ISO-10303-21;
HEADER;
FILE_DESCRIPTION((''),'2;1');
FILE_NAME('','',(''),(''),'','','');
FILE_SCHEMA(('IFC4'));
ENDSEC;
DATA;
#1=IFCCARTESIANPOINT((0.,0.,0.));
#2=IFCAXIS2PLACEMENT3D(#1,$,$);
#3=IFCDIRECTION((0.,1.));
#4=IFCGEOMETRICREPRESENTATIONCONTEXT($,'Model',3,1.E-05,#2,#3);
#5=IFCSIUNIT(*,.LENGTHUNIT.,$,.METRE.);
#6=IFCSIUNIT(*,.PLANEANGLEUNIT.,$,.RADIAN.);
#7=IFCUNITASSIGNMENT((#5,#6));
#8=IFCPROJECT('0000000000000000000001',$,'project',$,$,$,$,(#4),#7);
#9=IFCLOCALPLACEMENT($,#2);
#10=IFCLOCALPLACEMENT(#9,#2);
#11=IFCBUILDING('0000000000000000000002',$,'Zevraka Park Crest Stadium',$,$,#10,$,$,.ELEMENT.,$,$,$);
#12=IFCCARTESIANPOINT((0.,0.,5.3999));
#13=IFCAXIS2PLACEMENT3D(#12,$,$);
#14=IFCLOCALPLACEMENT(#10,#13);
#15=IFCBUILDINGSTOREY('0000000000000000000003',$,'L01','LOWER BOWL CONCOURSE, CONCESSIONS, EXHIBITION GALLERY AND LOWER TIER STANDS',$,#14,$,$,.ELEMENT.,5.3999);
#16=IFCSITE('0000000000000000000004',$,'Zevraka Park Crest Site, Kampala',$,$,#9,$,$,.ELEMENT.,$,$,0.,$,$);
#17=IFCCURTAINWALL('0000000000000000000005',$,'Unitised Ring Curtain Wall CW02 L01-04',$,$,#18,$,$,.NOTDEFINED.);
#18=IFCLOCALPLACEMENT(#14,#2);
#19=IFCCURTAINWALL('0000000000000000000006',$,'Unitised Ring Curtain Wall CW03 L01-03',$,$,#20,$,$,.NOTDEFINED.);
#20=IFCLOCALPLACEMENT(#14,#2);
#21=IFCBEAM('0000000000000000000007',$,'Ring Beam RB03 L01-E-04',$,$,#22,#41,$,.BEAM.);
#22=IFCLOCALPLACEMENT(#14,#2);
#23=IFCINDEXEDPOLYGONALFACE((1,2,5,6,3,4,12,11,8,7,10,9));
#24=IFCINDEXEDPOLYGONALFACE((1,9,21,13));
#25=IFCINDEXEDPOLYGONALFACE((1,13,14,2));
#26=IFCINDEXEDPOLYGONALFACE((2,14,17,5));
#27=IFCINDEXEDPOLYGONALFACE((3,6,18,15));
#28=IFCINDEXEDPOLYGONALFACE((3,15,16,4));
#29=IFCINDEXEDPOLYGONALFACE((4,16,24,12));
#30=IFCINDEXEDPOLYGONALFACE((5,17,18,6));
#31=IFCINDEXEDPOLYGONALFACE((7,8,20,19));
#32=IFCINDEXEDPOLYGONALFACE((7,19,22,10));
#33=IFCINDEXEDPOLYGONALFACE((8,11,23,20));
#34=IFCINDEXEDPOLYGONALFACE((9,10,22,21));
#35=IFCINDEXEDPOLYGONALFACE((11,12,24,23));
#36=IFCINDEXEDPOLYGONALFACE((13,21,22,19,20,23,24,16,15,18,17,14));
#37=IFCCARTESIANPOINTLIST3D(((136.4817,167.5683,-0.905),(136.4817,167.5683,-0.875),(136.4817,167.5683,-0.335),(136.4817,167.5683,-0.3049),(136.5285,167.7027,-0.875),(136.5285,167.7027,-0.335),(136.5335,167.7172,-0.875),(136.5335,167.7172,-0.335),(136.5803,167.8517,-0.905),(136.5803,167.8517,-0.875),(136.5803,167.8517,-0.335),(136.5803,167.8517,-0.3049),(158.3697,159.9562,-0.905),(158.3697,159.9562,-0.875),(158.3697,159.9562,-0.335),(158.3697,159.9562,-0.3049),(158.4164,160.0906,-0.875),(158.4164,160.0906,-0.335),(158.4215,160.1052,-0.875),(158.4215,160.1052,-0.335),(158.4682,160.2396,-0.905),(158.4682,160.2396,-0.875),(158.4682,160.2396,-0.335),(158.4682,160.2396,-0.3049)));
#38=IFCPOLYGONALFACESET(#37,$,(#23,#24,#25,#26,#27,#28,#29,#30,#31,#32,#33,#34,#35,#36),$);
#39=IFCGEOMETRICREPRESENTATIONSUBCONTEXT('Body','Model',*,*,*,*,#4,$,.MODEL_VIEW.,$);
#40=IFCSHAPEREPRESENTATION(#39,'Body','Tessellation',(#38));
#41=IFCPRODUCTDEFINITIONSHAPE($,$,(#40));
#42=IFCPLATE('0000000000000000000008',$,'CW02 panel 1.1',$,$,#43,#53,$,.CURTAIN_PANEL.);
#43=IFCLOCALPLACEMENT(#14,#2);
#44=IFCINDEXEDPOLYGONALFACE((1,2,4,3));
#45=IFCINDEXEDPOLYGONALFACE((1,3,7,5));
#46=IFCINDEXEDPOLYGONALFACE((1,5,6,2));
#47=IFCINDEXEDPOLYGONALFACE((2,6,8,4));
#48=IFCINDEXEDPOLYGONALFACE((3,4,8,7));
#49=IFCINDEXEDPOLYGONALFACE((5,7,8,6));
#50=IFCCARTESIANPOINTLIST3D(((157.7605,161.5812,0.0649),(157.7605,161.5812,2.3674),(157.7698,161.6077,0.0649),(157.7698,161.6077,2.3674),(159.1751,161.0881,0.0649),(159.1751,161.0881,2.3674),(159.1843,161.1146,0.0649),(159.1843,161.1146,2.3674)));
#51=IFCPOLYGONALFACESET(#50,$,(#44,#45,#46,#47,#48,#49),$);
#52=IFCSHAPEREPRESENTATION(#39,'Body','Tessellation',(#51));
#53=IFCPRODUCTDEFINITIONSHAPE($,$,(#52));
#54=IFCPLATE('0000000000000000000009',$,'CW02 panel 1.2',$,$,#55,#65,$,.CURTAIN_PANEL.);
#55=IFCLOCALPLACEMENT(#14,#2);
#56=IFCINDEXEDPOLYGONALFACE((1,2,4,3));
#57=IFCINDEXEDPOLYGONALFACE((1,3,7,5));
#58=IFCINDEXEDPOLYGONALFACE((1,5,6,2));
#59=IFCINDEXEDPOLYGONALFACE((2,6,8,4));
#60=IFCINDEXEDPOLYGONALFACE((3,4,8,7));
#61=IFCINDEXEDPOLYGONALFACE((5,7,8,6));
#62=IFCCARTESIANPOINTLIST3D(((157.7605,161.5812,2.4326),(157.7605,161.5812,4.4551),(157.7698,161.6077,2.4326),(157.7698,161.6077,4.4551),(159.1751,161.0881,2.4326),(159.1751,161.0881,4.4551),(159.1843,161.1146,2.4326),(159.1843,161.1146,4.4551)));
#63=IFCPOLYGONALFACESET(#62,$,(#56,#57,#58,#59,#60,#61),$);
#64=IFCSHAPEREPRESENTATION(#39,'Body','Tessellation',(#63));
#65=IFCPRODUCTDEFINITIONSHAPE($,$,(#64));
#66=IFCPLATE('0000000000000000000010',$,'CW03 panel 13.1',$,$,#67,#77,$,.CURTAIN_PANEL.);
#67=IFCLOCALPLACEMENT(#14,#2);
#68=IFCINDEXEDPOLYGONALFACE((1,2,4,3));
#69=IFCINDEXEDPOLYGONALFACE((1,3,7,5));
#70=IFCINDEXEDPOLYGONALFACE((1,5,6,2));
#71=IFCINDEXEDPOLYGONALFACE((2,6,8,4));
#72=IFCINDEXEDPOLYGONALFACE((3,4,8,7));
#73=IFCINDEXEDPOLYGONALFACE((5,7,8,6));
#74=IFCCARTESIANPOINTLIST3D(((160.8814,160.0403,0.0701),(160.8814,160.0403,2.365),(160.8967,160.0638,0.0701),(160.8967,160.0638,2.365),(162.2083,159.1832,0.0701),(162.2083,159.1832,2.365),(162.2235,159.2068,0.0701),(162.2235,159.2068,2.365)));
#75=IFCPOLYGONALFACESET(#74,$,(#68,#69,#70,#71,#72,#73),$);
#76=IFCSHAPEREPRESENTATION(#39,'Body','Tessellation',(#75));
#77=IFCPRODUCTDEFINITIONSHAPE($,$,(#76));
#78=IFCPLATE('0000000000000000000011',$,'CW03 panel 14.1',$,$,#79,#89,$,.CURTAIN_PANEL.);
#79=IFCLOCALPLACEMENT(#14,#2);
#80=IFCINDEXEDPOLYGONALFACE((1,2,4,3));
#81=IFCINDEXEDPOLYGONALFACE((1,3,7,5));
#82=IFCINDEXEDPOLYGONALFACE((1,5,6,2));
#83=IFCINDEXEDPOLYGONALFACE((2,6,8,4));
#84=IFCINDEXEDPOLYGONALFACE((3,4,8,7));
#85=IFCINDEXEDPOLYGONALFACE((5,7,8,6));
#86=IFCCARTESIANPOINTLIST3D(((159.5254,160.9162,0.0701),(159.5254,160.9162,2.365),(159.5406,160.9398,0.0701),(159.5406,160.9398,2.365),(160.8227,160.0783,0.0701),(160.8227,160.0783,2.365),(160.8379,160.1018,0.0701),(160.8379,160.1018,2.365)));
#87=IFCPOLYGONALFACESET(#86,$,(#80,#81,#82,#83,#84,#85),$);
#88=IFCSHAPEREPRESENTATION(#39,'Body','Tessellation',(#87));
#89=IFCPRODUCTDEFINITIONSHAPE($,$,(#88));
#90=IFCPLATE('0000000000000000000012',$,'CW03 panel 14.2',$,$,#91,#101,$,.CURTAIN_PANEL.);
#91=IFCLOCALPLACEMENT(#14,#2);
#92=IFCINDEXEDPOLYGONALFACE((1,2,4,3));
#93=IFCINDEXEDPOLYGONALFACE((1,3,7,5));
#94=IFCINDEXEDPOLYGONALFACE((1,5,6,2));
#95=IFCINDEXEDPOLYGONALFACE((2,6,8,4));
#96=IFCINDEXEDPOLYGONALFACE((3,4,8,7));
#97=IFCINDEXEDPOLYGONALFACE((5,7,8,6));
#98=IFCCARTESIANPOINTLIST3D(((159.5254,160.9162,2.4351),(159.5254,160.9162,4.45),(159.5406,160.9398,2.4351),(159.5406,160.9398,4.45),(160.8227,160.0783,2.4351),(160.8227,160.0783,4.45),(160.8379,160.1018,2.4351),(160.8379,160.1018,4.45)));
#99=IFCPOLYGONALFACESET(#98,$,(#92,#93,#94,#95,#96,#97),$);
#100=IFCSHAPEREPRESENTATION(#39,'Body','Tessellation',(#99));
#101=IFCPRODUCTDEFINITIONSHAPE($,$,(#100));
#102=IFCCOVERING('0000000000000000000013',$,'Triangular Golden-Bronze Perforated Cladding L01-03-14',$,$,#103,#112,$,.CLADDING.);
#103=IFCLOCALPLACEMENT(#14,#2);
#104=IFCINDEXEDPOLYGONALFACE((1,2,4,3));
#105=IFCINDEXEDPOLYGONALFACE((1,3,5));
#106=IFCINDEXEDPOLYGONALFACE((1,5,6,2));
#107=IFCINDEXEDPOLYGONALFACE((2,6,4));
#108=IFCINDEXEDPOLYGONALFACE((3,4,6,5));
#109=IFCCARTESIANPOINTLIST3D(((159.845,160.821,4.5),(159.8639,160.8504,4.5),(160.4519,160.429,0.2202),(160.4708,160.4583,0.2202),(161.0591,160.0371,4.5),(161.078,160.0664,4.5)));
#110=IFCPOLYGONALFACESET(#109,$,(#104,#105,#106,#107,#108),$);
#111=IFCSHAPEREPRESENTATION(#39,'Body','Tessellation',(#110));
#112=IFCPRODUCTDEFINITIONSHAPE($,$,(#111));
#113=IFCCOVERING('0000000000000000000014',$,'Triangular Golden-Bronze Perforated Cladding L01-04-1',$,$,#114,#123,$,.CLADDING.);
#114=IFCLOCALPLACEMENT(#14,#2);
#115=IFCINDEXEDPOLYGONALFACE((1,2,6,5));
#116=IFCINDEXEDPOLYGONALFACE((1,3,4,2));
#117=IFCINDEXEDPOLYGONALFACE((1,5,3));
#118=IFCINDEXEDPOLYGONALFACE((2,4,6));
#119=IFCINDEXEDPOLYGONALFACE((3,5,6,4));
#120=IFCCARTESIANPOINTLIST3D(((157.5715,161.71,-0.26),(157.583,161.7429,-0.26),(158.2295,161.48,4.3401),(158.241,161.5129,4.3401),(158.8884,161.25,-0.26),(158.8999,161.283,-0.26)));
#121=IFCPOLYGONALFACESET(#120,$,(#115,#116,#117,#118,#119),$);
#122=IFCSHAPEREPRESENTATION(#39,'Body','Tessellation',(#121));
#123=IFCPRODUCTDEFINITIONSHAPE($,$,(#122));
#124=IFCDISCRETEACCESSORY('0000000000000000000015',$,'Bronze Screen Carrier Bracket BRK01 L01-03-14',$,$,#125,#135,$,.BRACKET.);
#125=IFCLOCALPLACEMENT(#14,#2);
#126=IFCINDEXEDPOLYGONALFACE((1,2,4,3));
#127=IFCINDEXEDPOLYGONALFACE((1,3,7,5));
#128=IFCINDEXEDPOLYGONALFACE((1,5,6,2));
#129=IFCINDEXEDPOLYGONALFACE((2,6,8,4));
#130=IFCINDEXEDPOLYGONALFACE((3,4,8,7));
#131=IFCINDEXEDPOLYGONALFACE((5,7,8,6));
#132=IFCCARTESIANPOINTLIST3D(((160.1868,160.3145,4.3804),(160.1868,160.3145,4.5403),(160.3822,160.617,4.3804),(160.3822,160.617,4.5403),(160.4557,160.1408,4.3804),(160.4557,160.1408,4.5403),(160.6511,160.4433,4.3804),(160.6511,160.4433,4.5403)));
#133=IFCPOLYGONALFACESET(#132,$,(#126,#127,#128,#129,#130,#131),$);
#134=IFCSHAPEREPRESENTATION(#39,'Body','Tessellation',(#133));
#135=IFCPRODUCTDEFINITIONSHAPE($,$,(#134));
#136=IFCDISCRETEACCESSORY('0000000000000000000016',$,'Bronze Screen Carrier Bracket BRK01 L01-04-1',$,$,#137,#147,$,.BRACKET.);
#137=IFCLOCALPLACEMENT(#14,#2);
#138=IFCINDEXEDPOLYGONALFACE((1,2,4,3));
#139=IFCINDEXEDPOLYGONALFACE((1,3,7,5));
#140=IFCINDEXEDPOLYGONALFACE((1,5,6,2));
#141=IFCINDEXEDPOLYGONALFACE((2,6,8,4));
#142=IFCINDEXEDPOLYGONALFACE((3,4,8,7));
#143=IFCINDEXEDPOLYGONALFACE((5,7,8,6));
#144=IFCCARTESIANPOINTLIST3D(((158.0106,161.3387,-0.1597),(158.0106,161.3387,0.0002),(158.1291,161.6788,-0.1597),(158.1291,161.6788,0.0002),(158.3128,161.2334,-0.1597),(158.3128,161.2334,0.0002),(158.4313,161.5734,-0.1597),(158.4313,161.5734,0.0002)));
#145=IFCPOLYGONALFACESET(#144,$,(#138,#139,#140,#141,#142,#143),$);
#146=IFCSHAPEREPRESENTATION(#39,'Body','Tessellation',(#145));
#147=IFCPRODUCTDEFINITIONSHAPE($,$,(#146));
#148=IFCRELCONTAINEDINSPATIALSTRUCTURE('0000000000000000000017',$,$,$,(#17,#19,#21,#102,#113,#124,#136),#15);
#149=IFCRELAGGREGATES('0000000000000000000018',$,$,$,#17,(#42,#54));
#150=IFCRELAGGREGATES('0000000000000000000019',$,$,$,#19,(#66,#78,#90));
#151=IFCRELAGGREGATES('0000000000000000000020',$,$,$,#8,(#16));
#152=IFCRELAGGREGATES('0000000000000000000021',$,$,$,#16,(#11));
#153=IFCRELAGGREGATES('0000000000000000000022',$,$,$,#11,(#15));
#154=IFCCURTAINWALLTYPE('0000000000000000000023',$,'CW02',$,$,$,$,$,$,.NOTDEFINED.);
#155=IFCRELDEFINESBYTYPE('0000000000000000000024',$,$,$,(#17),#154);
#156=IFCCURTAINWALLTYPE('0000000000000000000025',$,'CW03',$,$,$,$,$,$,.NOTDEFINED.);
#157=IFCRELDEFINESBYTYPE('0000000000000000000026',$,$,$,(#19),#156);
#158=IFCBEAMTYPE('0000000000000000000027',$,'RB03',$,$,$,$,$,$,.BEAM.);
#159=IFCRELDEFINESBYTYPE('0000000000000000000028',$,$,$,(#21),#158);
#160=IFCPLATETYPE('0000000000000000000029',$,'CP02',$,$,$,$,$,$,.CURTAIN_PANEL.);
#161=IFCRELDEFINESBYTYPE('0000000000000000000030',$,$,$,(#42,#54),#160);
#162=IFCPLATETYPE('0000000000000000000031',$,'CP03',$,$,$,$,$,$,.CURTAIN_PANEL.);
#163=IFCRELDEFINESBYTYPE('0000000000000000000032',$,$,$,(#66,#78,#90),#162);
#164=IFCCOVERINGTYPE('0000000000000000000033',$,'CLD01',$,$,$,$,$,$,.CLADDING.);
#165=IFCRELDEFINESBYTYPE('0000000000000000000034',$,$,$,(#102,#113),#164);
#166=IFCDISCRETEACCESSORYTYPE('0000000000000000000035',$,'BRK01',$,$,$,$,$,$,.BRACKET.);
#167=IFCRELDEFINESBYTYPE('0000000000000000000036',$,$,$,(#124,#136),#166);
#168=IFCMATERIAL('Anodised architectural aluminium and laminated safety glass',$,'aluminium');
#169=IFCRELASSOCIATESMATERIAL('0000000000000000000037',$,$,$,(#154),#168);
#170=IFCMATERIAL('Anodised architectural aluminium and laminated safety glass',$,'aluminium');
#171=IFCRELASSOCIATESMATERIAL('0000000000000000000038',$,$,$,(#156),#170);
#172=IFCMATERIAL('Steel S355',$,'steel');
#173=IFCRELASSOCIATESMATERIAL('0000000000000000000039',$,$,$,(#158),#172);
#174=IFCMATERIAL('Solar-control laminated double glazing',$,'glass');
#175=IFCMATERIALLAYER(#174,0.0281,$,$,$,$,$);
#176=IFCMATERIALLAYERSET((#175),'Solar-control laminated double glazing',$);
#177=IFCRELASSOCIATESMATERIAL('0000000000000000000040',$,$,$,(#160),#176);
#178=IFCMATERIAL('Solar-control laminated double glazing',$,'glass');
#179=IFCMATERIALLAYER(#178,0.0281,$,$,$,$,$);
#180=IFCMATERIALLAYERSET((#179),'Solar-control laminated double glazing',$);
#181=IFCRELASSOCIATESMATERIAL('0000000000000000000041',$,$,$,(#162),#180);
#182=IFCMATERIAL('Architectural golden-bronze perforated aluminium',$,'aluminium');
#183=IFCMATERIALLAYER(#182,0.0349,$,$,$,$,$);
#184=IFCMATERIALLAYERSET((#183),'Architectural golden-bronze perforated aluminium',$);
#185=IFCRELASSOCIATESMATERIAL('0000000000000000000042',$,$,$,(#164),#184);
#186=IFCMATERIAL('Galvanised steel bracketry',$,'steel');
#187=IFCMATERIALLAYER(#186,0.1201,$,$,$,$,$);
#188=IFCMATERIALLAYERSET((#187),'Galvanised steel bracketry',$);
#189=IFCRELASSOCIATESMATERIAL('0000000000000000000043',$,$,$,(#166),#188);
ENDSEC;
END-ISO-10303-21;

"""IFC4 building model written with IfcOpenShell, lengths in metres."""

from ifc_helpers import new_model, si_unit, direction, frame, origin, origin_2d, place, context, subcontext, project, spatial, polyline, rectangle, i_section, outline, extrude, material, layer, layer_set, material_profile, profile_set, type_object, element, aggregate, save


model = new_model("IFC4")

# Units and contexts
model_context = context("Model", 3, precision=1e-05, world=origin(), true_north=direction((0.0, 1.0)))
body_context = subcontext(model_context, "Body", "Model", "MODEL_VIEW")
ifc_project = project(units=[si_unit("LENGTHUNIT", "METRE"), si_unit("PLANEANGLEUNIT", "RADIAN")], contexts=[model_context])

# Site, building, storey
site_placement = place(None, origin())
site = spatial("IfcSite", under=ifc_project, at=site_placement, Name="Zevraka Park Crest Site, Kampala", CompositionType="ELEMENT", RefElevation=0.0)
building_placement = place(site_placement, origin())
building = spatial("IfcBuilding", under=site, at=building_placement, Name="Zevraka Park Crest Stadium", CompositionType="ELEMENT")
storey_placement = place(building_placement, frame((0.0, 0.0, 5.3999)))
storey = spatial("IfcBuildingStorey", under=building, at=storey_placement, Name="L01", Description="LOWER BOWL CONCOURSE, CONCESSIONS, EXHIBITION GALLERY AND LOWER TIER STANDS", CompositionType="ELEMENT", Elevation=5.3999)

# Curtain walls
ifc_material_1 = material(Name="Anodised architectural aluminium and laminated safety glass", Category="aluminium")
curtain_wall_type_1 = type_object("IfcCurtainWallType", Name="CW02", PredefinedType="NOTDEFINED", material=ifc_material_1)
curtain_wall_1_placement = place(storey_placement, origin())
curtain_wall_1 = element("IfcCurtainWall", 1, at=curtain_wall_1_placement, inside=storey, type_object=curtain_wall_type_1, Name="Unitised Ring Curtain Wall CW02 L01-04", PredefinedType="NOTDEFINED")
ifc_material_2 = material(Name="Anodised architectural aluminium and laminated safety glass", Category="aluminium")
curtain_wall_type_2 = type_object("IfcCurtainWallType", Name="CW03", PredefinedType="NOTDEFINED", material=ifc_material_2)
curtain_wall_2_placement = place(storey_placement, origin())
curtain_wall_2 = element("IfcCurtainWall", 2, at=curtain_wall_2_placement, inside=storey, type_object=curtain_wall_type_2, Name="Unitised Ring Curtain Wall CW03 L01-03", PredefinedType="NOTDEFINED")

# Beam
ifc_material_3 = material(Name="Steel S355", Category="steel")
ifc_material_profile_1 = material_profile(ifc_material_3, i_section(OverallWidth=0.3, OverallDepth=0.6001, WebThickness=0.0154, FlangeThickness=0.03, at=origin_2d()), Name="HEB 600")
ifc_profile_set_1 = profile_set([ifc_material_profile_1], Name="Steel S355")
beam_type = type_object("IfcBeamType", Name="RB03", PredefinedType="BEAM", material=ifc_profile_set_1)
beam_placement = place(storey_placement, frame((158.4189, 160.0979, -0.605), z_axis=(-0.944512, 0.328477, 0.0), x_axis=(-0.328477, -0.944512, 0.0)))
element("IfcBeam", 3, at=beam_placement, inside=storey, type_object=beam_type, Name="Ring Beam RB03 L01-E-04", PredefinedType="BEAM", context=body_context, shape_type="SweptSolid", body=[
    extrude(i_section(OverallWidth=0.3, OverallDepth=0.6001, WebThickness=0.0154, FlangeThickness=0.03, at=origin_2d()), origin(), (0.0, 0.0, 1.0), 23.1738),
])

# Plates
ifc_material_4 = material(Name="Solar-control laminated double glazing", Category="glass")
ifc_layer_1 = layer(ifc_material_4, 0.0281)
ifc_layer_set_1 = layer_set([ifc_layer_1], Name="Solar-control laminated double glazing")
plate_type_1 = type_object("IfcPlateType", Name="CP02", PredefinedType="CURTAIN_PANEL", material=ifc_layer_set_1)
plate_1_placement = place(storey_placement, frame((158.4724, 161.3479, 0.0649), z_axis=(0.0, 0.0, 1.0), x_axis=(-0.944257, 0.329209, 0.0)))
plate_1 = element("IfcPlate", 4, at=plate_1_placement, type_object=plate_type_1, Name="CW02 panel 1.1", PredefinedType="CURTAIN_PANEL", context=body_context, shape_type="SweptSolid", body=[
    extrude(rectangle(XDim=1.498, YDim=0.0281, at=origin_2d()), origin(), (0.0, 0.0, 1.0), 2.3025),
])
plate_2_placement = place(storey_placement, frame((158.4724, 161.3479, 2.4326), z_axis=(0.0, 0.0, 1.0), x_axis=(-0.944257, 0.329209, 0.0)))
plate_2 = element("IfcPlate", 5, at=plate_2_placement, type_object=plate_type_1, Name="CW02 panel 1.2", PredefinedType="CURTAIN_PANEL", context=body_context, shape_type="SweptSolid", body=[
    extrude(rectangle(XDim=1.498, YDim=0.0281, at=origin_2d()), origin(), (0.0, 0.0, 1.0), 2.0225),
])
aggregate(curtain_wall_1, [plate_1, plate_2])
ifc_material_5 = material(Name="Solar-control laminated double glazing", Category="glass")
ifc_layer_2 = layer(ifc_material_5, 0.0281)
ifc_layer_set_2 = layer_set([ifc_layer_2], Name="Solar-control laminated double glazing")
plate_type_2 = type_object("IfcPlateType", Name="CP03", PredefinedType="CURTAIN_PANEL", material=ifc_layer_set_2)
plate_3_placement = place(storey_placement, frame((161.5525, 159.6235, 0.0701), z_axis=(0.0, 0.0, 1.0), x_axis=(-0.84001, 0.542571, 0.0)))
plate_3 = element("IfcPlate", 6, at=plate_3_placement, type_object=plate_type_2, Name="CW03 panel 13.1", PredefinedType="CURTAIN_PANEL", context=body_context, shape_type="SweptSolid", body=[
    extrude(rectangle(XDim=1.5796, YDim=0.0281, at=origin_2d()), origin(), (0.0, 0.0, 1.0), 2.2949),
])
plate_4_placement = place(storey_placement, frame((160.1816, 160.509, 0.0701), z_axis=(0.0, 0.0, 1.0), x_axis=(-0.84001, 0.542571, 0.0)))
plate_4 = element("IfcPlate", 7, at=plate_4_placement, type_object=plate_type_2, Name="CW03 panel 14.1", PredefinedType="CURTAIN_PANEL", context=body_context, shape_type="SweptSolid", body=[
    extrude(rectangle(XDim=1.5444, YDim=0.0281, at=origin_2d()), origin(), (0.0, 0.0, 1.0), 2.2949),
])
plate_5_placement = place(storey_placement, frame((160.1816, 160.509, 2.4351), z_axis=(0.0, 0.0, 1.0), x_axis=(-0.84001, 0.542571, 0.0)))
plate_5 = element("IfcPlate", 8, at=plate_5_placement, type_object=plate_type_2, Name="CW03 panel 14.2", PredefinedType="CURTAIN_PANEL", context=body_context, shape_type="SweptSolid", body=[
    extrude(rectangle(XDim=1.5444, YDim=0.0281, at=origin_2d()), origin(), (0.0, 0.0, 1.0), 2.0149),
])
aggregate(curtain_wall_2, [plate_3, plate_4, plate_5])

# Coverings
ifc_material_6 = material(Name="Architectural golden-bronze perforated aluminium", Category="aluminium")
ifc_layer_3 = layer(ifc_material_6, 0.0349)
ifc_layer_set_3 = layer_set([ifc_layer_3], Name="Architectural golden-bronze perforated aluminium")
covering_type = type_object("IfcCoveringType", Name="CLD01", PredefinedType="CLADDING", material=ifc_layer_set_3)
covering_1_placement = place(storey_placement, frame((159.845, 160.821, 4.5), z_axis=(-0.542439, -0.840096, 0.000039), x_axis=(0.840096, -0.542439, 0.0)))
element("IfcCovering", 9, at=covering_1_placement, inside=storey, type_object=covering_type, Name="Triangular Golden-Bronze Perforated Cladding L01-03-14", PredefinedType="CLADDING", context=body_context, shape_type="SweptSolid", body=[
    extrude(outline(polyline([(0.0, 0.0), (1.4452, 0.0), (0.7226, -4.2798), (0.0, 0.0)])), origin(), (0.0, 0.0, -1.0), 0.0349),
])
covering_2_placement = place(storey_placement, frame((158.8999, 161.283, -0.26), z_axis=(0.329742, 0.944071, 0.000035), x_axis=(-0.944071, 0.329742, 0.0)))
element("IfcCovering", 10, at=covering_2_placement, inside=storey, type_object=covering_type, Name="Triangular Golden-Bronze Perforated Cladding L01-04-1", PredefinedType="CLADDING", context=body_context, shape_type="SweptSolid", body=[
    extrude(outline(polyline([(0.0, 0.0), (1.3949, 0.0), (0.6979, 4.6001), (0.0, 0.0)])), origin(), (0.0, 0.0, -1.0), 0.0349),
])

# Discrete accessories
ifc_material_7 = material(Name="Galvanised steel bracketry", Category="steel")
ifc_layer_4 = layer(ifc_material_7, 0.1201)
ifc_layer_set_4 = layer_set([ifc_layer_4], Name="Galvanised steel bracketry")
discrete_accessory_type = type_object("IfcDiscreteAccessoryType", Name="BRK01", PredefinedType="BRACKET", material=ifc_layer_set_4)
for number, where, z_axis, x_axis, name in (
    (11, (160.4189, 160.3789, 4.3804), (0.0, 0.0, 1.0), (-0.839999, 0.542588, 0.0), "Bronze Screen Carrier Bracket BRK01 L01-03-14"),
    (12, (158.2209, 161.4561, -0.1597), (0.0, 0.0, 1.0), (-0.944262, 0.329196, 0.0), "Bronze Screen Carrier Bracket BRK01 L01-04-1"),
):
    element("IfcDiscreteAccessory", number, at=place(storey_placement, frame(where, z_axis=z_axis, x_axis=x_axis)), inside=storey, type_object=discrete_accessory_type, Name=name, PredefinedType="BRACKET", context=body_context, shape_type="SweptSolid", body=[
        extrude(rectangle(XDim=0.3201, YDim=0.3601, at=origin_2d()), origin(), (0.0, 0.0, 1.0), 0.1599),
    ])

save(model, "model.ifc")
